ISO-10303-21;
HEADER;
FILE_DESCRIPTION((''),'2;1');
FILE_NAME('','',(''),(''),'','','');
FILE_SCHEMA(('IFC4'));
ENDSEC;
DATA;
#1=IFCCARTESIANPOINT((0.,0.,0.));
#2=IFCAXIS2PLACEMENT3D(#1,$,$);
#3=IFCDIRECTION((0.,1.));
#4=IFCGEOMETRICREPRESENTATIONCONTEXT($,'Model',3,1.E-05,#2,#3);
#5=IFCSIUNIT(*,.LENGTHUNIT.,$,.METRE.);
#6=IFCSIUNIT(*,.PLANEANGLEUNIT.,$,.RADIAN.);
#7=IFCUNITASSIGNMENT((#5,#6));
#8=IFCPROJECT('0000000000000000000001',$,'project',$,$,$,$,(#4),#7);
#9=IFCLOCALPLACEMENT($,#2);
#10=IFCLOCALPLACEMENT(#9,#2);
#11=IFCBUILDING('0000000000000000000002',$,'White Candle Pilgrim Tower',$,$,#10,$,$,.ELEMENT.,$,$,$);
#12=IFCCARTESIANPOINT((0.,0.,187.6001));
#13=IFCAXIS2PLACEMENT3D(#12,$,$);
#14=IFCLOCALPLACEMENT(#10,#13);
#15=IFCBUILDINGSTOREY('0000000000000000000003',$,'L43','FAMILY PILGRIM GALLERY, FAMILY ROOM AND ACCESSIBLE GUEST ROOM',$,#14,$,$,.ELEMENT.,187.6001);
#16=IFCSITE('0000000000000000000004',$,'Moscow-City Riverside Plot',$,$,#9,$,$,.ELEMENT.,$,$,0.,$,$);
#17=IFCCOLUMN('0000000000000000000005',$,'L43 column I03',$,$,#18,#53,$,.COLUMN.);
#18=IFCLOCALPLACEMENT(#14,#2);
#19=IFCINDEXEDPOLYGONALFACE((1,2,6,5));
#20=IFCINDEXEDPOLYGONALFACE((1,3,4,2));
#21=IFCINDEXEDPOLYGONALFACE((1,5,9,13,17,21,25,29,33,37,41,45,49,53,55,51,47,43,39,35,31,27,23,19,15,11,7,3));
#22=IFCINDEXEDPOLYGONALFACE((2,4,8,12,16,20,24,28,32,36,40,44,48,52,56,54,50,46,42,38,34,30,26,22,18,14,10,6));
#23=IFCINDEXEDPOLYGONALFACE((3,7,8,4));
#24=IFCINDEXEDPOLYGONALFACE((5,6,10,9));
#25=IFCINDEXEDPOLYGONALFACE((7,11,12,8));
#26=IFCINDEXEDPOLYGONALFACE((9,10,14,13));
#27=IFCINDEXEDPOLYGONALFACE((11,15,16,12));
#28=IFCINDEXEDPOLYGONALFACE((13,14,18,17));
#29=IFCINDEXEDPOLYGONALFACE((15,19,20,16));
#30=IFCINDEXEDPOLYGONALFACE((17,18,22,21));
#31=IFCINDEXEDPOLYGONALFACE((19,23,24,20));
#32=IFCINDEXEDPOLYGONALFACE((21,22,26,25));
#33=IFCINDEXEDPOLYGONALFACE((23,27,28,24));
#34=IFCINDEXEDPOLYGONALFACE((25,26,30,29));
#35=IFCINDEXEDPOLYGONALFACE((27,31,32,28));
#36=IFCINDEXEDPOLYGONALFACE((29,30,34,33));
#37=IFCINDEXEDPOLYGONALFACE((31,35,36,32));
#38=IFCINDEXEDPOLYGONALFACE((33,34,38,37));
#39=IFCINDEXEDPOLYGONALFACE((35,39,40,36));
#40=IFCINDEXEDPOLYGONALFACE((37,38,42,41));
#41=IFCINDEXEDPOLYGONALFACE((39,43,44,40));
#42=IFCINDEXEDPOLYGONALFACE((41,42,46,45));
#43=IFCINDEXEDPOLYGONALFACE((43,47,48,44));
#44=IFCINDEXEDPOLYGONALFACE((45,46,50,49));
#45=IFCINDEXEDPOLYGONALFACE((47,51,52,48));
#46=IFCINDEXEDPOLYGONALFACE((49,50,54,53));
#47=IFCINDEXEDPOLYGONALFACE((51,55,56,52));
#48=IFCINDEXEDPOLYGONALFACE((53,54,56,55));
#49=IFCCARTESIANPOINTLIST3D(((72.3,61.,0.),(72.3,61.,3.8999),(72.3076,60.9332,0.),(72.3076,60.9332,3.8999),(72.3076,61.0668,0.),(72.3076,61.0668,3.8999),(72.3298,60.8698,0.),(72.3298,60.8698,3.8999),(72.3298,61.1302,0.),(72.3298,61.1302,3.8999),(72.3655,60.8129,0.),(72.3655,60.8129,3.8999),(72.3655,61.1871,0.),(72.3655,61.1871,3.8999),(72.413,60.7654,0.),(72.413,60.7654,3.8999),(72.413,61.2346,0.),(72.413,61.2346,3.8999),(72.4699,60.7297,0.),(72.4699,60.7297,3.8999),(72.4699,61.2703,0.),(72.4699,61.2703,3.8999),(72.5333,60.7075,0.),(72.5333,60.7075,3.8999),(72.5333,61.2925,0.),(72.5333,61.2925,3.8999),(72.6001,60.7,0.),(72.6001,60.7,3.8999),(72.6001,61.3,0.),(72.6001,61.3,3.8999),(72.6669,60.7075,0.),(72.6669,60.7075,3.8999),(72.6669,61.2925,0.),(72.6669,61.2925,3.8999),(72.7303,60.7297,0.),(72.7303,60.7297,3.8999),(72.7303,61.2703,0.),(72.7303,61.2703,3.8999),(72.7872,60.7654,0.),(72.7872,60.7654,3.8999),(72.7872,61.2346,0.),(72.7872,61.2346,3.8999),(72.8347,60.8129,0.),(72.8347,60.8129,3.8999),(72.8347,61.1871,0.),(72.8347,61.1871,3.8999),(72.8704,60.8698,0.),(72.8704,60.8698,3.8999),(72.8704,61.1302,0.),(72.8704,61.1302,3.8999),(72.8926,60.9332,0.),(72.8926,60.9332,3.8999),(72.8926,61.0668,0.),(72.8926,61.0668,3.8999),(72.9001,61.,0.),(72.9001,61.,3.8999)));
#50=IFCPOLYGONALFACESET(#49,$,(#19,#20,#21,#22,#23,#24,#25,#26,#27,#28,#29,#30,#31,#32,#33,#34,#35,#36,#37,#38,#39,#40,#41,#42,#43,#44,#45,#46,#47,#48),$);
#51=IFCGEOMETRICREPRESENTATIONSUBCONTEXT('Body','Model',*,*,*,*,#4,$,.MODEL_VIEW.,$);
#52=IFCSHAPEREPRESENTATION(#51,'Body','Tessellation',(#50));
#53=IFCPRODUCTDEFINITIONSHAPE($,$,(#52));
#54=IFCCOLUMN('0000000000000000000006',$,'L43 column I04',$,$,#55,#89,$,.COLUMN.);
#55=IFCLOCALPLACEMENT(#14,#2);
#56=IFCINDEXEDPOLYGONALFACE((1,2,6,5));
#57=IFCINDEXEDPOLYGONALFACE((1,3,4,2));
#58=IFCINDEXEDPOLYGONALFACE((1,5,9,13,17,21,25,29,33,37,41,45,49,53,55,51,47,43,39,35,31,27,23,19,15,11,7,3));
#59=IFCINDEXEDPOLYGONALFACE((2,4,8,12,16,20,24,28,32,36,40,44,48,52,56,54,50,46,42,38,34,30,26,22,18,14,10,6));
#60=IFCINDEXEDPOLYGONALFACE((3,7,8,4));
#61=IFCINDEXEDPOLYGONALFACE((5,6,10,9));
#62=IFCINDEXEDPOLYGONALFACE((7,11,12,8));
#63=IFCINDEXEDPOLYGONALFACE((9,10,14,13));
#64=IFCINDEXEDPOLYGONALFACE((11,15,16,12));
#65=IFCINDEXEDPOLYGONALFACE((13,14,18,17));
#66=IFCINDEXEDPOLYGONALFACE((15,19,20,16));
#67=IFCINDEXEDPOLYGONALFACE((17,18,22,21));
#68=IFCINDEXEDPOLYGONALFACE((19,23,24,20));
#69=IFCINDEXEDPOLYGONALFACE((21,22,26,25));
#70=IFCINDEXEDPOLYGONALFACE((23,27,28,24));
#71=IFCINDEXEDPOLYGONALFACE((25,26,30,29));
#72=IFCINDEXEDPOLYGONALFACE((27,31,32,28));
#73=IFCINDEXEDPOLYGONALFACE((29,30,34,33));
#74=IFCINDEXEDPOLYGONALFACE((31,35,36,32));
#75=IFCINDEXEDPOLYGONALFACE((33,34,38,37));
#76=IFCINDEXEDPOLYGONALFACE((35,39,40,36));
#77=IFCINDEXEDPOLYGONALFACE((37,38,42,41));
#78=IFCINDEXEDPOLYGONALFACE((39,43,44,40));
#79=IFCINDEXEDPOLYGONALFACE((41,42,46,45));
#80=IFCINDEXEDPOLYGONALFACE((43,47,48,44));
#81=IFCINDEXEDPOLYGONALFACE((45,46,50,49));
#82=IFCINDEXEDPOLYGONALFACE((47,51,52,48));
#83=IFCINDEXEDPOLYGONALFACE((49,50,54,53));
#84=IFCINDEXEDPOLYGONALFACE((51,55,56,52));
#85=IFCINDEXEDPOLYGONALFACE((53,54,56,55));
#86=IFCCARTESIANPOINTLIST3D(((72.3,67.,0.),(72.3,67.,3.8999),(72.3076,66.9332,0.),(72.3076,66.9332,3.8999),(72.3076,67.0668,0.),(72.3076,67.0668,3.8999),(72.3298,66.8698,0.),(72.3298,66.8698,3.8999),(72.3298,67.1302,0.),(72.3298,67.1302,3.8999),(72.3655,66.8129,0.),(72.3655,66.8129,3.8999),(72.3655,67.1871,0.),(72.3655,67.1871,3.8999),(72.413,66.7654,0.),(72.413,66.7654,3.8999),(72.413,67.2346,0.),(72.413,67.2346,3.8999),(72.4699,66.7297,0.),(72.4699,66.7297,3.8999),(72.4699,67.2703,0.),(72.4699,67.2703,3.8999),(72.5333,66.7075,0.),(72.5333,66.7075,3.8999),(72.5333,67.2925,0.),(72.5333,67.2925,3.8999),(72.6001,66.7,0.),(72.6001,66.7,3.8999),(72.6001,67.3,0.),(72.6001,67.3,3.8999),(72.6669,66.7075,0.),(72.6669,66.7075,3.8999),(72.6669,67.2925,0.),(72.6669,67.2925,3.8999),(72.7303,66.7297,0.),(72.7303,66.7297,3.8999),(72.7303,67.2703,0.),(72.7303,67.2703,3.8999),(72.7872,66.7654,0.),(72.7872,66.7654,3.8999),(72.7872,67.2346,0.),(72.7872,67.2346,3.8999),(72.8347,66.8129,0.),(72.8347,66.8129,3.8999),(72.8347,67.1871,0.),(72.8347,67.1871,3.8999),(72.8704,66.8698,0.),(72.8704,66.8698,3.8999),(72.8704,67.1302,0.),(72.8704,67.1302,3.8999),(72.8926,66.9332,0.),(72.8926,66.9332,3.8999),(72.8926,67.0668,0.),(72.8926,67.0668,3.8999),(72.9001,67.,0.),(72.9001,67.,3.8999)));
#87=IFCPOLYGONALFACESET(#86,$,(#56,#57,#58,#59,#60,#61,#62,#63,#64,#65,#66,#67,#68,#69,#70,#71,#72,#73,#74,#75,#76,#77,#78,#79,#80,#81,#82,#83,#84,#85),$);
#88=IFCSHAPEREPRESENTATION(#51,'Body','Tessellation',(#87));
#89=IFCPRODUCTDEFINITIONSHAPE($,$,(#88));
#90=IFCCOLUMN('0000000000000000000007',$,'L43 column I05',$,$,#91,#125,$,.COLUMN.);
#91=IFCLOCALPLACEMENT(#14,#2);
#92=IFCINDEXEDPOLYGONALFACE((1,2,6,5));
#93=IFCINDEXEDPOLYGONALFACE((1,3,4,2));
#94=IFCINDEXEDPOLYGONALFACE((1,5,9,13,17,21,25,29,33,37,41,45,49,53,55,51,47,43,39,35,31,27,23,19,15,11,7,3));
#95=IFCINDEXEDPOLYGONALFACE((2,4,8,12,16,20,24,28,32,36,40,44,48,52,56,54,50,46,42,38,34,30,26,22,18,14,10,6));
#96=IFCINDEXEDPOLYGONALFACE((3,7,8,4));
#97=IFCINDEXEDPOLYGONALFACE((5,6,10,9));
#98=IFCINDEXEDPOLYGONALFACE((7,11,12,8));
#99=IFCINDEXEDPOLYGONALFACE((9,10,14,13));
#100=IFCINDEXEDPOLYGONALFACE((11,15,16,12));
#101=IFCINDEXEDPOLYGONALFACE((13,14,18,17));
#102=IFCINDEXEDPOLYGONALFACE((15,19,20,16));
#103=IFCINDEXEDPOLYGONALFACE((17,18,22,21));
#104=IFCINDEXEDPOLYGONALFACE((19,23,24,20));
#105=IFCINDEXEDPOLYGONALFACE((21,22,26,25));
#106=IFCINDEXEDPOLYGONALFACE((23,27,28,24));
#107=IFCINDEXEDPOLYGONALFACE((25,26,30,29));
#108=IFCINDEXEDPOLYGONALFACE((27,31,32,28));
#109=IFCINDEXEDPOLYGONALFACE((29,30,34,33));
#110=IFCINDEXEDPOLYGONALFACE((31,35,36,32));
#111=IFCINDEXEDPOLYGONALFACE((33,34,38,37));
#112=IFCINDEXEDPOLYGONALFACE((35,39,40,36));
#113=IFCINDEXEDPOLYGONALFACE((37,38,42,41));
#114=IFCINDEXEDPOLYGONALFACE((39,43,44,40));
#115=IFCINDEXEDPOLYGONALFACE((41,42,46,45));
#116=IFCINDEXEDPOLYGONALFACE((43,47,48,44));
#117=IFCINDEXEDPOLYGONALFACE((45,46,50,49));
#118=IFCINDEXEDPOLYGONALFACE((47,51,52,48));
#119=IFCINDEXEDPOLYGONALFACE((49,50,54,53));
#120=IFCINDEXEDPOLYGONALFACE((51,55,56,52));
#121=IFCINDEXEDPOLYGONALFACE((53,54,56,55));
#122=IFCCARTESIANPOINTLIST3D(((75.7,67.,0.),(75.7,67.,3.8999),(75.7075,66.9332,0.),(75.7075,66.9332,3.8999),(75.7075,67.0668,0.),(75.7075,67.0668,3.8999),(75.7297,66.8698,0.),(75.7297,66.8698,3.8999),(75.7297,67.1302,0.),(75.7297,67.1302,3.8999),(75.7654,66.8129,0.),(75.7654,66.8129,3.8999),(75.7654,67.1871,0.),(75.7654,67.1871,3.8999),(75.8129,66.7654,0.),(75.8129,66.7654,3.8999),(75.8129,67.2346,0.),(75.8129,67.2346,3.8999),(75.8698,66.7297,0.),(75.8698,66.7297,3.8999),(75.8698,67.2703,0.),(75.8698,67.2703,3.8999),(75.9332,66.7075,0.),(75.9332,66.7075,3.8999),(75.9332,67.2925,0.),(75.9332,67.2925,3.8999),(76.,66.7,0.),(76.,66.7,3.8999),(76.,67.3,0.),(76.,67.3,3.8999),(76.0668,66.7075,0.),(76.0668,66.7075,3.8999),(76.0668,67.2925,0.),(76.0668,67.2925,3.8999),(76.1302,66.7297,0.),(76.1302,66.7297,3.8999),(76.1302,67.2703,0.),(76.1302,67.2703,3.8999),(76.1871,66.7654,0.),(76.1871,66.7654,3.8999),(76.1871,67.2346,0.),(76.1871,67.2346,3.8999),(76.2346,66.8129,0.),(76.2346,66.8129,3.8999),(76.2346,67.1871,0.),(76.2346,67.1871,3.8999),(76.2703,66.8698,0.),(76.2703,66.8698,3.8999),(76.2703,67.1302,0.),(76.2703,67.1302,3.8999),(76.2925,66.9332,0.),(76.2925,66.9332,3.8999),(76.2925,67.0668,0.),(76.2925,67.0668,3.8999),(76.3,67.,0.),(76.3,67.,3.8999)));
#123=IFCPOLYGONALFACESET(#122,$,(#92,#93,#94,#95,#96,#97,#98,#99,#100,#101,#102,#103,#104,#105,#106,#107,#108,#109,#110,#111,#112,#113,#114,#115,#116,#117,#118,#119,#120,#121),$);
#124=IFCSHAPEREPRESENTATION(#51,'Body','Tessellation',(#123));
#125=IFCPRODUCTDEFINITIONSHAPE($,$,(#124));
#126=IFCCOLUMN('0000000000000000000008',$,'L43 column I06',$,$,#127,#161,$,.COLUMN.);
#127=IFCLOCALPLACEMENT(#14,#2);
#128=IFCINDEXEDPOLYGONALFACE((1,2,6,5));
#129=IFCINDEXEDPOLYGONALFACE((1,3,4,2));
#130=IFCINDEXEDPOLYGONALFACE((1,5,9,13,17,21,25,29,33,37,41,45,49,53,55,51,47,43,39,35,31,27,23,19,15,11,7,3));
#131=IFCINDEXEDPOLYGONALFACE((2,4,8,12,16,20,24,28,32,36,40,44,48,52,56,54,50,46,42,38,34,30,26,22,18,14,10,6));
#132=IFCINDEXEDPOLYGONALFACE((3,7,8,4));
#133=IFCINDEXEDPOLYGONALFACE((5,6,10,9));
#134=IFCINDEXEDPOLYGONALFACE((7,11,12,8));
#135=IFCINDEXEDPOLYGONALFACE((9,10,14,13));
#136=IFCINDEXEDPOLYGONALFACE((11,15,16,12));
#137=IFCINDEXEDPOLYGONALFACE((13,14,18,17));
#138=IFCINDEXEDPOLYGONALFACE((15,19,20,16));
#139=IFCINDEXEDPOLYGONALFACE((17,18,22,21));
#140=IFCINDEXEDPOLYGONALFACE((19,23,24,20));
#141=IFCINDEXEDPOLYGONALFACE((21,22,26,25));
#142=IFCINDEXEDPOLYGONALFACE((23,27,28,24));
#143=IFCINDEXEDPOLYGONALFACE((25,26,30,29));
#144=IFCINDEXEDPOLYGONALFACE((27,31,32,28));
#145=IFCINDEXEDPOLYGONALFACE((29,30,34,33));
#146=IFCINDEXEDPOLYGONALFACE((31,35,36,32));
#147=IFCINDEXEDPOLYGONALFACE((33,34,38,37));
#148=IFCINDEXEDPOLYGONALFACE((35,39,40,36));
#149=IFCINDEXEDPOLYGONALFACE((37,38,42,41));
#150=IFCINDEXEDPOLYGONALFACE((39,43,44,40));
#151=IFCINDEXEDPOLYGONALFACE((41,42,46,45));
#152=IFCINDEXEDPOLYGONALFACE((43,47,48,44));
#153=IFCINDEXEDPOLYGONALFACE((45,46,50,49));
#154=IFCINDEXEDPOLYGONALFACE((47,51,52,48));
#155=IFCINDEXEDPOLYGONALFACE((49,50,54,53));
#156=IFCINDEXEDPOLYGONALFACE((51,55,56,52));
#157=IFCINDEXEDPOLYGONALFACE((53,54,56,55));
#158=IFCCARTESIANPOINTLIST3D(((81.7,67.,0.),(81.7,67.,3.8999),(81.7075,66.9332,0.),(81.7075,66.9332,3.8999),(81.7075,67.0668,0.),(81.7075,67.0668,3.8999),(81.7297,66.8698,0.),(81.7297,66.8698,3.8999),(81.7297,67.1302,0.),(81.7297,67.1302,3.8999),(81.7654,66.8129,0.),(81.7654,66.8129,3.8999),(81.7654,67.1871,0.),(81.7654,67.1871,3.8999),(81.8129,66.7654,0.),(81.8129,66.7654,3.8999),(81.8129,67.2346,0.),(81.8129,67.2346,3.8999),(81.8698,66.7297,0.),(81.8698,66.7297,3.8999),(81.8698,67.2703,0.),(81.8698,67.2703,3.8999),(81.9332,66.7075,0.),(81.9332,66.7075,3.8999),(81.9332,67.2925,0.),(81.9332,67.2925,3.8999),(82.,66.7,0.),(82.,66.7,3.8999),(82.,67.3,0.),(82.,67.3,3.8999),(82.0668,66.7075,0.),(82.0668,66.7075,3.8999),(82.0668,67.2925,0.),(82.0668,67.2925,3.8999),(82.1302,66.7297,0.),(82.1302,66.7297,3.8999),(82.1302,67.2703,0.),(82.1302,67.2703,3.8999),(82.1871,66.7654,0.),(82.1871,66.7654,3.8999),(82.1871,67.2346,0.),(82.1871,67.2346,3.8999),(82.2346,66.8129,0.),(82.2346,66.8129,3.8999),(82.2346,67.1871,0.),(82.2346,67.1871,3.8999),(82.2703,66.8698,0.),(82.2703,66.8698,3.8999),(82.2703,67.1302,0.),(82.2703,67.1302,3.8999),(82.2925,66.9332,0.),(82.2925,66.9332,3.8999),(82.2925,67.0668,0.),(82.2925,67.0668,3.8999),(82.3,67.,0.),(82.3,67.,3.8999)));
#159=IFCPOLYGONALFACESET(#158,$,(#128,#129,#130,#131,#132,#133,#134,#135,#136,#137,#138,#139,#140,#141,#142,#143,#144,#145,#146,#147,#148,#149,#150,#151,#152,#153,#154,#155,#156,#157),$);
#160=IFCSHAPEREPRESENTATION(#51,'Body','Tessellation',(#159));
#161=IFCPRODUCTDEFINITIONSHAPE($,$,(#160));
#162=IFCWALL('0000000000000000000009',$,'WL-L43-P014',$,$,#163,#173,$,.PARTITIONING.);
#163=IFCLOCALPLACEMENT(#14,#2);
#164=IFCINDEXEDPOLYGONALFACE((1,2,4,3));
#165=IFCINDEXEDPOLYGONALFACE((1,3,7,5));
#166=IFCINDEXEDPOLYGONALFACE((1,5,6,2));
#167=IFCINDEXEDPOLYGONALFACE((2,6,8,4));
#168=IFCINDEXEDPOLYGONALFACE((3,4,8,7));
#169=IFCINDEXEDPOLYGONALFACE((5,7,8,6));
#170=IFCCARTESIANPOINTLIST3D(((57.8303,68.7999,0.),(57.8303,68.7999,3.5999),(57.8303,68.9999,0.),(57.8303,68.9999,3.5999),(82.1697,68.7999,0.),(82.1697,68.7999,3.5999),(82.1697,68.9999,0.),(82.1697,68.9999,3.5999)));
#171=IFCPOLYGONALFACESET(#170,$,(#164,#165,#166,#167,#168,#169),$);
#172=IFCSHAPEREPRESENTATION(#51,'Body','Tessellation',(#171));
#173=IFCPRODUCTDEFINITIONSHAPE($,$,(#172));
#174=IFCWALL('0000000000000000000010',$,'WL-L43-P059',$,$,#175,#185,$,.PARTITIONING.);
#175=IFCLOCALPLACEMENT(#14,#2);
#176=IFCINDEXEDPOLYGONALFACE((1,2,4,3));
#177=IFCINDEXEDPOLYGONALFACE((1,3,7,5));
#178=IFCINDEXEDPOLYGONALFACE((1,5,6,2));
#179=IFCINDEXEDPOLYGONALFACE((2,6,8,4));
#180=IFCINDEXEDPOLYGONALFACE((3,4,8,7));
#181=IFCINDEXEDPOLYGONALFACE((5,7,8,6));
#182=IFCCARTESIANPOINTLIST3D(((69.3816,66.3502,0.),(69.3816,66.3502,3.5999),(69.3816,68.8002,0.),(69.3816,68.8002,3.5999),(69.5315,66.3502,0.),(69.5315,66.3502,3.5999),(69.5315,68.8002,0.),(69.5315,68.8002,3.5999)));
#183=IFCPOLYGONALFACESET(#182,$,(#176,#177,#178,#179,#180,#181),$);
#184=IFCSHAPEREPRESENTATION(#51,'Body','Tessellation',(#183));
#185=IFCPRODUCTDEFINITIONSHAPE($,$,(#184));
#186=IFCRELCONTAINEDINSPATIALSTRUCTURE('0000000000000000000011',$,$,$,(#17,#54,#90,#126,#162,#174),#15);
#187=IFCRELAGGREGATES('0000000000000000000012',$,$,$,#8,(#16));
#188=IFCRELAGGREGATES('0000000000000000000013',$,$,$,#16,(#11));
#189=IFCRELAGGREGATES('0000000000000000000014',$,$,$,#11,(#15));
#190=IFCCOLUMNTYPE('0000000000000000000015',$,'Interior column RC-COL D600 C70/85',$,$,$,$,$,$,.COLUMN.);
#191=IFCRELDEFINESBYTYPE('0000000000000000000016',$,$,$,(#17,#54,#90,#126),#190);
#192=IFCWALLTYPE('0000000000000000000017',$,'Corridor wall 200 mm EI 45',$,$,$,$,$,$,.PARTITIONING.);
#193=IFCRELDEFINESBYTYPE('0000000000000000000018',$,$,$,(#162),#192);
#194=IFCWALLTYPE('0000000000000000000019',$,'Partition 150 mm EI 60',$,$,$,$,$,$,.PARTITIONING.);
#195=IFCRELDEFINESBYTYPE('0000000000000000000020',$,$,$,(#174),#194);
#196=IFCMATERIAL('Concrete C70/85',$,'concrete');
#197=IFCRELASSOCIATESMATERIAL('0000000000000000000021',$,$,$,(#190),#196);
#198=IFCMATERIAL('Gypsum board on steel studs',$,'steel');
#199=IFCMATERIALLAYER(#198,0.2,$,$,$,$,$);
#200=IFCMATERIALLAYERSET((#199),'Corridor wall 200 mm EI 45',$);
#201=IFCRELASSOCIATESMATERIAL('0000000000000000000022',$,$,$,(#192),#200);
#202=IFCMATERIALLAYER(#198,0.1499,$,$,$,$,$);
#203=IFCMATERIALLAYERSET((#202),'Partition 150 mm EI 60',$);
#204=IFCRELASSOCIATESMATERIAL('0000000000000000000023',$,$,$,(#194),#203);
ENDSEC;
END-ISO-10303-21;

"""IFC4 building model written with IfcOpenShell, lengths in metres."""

from ifc_helpers import new_model, si_unit, direction, frame, frame_2d, origin, origin_2d, place, context, subcontext, project, spatial, rectangle, circle, extrude, material, layer, layer_set, material_profile, profile_set, type_object, element, save


model = new_model("IFC4")

# Units and contexts
model_context = context("Model", 3, precision=1e-05, world=origin(), true_north=direction((0.0, 1.0)))
body_context = subcontext(model_context, "Body", "Model", "MODEL_VIEW")
ifc_project = project(units=[si_unit("LENGTHUNIT", "METRE"), si_unit("PLANEANGLEUNIT", "RADIAN")], contexts=[model_context])

# Site, building, storey
site_placement = place(None, origin())
site = spatial("IfcSite", under=ifc_project, at=site_placement, Name="Moscow-City Riverside Plot", CompositionType="ELEMENT", RefElevation=0.0)
building_placement = place(site_placement, origin())
building = spatial("IfcBuilding", under=site, at=building_placement, Name="White Candle Pilgrim Tower", CompositionType="ELEMENT")
storey_placement = place(building_placement, frame((0.0, 0.0, 187.6001)))
storey = spatial("IfcBuildingStorey", under=building, at=storey_placement, Name="L43", Description="FAMILY PILGRIM GALLERY, FAMILY ROOM AND ACCESSIBLE GUEST ROOM", CompositionType="ELEMENT", Elevation=187.6001)

# Columns
ifc_material_1 = material(Name="Concrete C70/85", Category="concrete")
ifc_material_profile = material_profile(ifc_material_1, circle(Radius=0.3, at=origin_2d()), Name="RC-COL D600")
ifc_profile_set = profile_set([ifc_material_profile], Name="Concrete C70/85")
column_type = type_object("IfcColumnType", Name="Interior column RC-COL D600 C70/85", PredefinedType="COLUMN", material=ifc_profile_set)
for number, where, z_axis, x_axis, name in (
    (1, (72.6001, 61.0, 0.0), (0.0, 0.0, 1.0), (1.0, 0.0, 0.0), "L43 column I03"),
    (2, (72.6001, 67.0, 0.0), (0.0, 0.0, 1.0), (1.0, 0.0, 0.0), "L43 column I04"),
    (3, (76.0, 67.0, 0.0), (0.0, 0.0, 1.0), (1.0, 0.0, 0.0), "L43 column I05"),
    (4, (82.0, 67.0, 0.0), (0.0, 0.0, 1.0), (1.0, 0.0, 0.0), "L43 column I06"),
):
    element("IfcColumn", number, at=place(storey_placement, frame(where, z_axis=z_axis, x_axis=x_axis)), inside=storey, type_object=column_type, Name=name, PredefinedType="COLUMN", context=body_context, shape_type="SweptSolid", body=[
        extrude(circle(Radius=0.3, at=origin_2d()), origin(), (0.0, 0.0, 1.0), 3.8999),
    ])

# Walls
ifc_material_2 = material(Name="Gypsum board on steel studs", Category="steel")
ifc_layer_1 = layer(ifc_material_2, 0.2)
ifc_layer_set_1 = layer_set([ifc_layer_1], Name="Corridor wall 200 mm EI 45")
wall_type_1 = type_object("IfcWallType", Name="Corridor wall 200 mm EI 45", PredefinedType="PARTITIONING", material=ifc_layer_set_1)
wall_1_placement = place(storey_placement, frame((82.1697, 68.8999, 0.0), z_axis=(0.0, 0.0, 1.0), x_axis=(-1.0, 0.0, 0.0)))
element("IfcWall", 5, at=wall_1_placement, inside=storey, type_object=wall_type_1, Name="WL-L43-P014", PredefinedType="PARTITIONING", context=body_context, shape_type="SweptSolid", body=[
    extrude(rectangle(XDim=24.3394, YDim=0.2, at=frame_2d((12.1697, 0.0))), origin(), (0.0, 0.0, 1.0), 3.5999),
])
ifc_layer_2 = layer(ifc_material_2, 0.1499)
ifc_layer_set_2 = layer_set([ifc_layer_2], Name="Partition 150 mm EI 60")
wall_type_2 = type_object("IfcWallType", Name="Partition 150 mm EI 60", PredefinedType="PARTITIONING", material=ifc_layer_set_2)
wall_2_placement = place(storey_placement, frame((69.4565, 66.3501, 0.0), z_axis=(0.0, 0.0, 1.0), x_axis=(0.0, 1.0, 0.0)))
element("IfcWall", 6, at=wall_2_placement, inside=storey, type_object=wall_type_2, Name="WL-L43-P059", PredefinedType="PARTITIONING", context=body_context, shape_type="SweptSolid", body=[
    extrude(rectangle(XDim=2.45, YDim=0.1499, at=frame_2d((1.2251, 0.0))), origin(), (0.0, 0.0, 1.0), 3.5999),
])

save(model, "model.ifc")
